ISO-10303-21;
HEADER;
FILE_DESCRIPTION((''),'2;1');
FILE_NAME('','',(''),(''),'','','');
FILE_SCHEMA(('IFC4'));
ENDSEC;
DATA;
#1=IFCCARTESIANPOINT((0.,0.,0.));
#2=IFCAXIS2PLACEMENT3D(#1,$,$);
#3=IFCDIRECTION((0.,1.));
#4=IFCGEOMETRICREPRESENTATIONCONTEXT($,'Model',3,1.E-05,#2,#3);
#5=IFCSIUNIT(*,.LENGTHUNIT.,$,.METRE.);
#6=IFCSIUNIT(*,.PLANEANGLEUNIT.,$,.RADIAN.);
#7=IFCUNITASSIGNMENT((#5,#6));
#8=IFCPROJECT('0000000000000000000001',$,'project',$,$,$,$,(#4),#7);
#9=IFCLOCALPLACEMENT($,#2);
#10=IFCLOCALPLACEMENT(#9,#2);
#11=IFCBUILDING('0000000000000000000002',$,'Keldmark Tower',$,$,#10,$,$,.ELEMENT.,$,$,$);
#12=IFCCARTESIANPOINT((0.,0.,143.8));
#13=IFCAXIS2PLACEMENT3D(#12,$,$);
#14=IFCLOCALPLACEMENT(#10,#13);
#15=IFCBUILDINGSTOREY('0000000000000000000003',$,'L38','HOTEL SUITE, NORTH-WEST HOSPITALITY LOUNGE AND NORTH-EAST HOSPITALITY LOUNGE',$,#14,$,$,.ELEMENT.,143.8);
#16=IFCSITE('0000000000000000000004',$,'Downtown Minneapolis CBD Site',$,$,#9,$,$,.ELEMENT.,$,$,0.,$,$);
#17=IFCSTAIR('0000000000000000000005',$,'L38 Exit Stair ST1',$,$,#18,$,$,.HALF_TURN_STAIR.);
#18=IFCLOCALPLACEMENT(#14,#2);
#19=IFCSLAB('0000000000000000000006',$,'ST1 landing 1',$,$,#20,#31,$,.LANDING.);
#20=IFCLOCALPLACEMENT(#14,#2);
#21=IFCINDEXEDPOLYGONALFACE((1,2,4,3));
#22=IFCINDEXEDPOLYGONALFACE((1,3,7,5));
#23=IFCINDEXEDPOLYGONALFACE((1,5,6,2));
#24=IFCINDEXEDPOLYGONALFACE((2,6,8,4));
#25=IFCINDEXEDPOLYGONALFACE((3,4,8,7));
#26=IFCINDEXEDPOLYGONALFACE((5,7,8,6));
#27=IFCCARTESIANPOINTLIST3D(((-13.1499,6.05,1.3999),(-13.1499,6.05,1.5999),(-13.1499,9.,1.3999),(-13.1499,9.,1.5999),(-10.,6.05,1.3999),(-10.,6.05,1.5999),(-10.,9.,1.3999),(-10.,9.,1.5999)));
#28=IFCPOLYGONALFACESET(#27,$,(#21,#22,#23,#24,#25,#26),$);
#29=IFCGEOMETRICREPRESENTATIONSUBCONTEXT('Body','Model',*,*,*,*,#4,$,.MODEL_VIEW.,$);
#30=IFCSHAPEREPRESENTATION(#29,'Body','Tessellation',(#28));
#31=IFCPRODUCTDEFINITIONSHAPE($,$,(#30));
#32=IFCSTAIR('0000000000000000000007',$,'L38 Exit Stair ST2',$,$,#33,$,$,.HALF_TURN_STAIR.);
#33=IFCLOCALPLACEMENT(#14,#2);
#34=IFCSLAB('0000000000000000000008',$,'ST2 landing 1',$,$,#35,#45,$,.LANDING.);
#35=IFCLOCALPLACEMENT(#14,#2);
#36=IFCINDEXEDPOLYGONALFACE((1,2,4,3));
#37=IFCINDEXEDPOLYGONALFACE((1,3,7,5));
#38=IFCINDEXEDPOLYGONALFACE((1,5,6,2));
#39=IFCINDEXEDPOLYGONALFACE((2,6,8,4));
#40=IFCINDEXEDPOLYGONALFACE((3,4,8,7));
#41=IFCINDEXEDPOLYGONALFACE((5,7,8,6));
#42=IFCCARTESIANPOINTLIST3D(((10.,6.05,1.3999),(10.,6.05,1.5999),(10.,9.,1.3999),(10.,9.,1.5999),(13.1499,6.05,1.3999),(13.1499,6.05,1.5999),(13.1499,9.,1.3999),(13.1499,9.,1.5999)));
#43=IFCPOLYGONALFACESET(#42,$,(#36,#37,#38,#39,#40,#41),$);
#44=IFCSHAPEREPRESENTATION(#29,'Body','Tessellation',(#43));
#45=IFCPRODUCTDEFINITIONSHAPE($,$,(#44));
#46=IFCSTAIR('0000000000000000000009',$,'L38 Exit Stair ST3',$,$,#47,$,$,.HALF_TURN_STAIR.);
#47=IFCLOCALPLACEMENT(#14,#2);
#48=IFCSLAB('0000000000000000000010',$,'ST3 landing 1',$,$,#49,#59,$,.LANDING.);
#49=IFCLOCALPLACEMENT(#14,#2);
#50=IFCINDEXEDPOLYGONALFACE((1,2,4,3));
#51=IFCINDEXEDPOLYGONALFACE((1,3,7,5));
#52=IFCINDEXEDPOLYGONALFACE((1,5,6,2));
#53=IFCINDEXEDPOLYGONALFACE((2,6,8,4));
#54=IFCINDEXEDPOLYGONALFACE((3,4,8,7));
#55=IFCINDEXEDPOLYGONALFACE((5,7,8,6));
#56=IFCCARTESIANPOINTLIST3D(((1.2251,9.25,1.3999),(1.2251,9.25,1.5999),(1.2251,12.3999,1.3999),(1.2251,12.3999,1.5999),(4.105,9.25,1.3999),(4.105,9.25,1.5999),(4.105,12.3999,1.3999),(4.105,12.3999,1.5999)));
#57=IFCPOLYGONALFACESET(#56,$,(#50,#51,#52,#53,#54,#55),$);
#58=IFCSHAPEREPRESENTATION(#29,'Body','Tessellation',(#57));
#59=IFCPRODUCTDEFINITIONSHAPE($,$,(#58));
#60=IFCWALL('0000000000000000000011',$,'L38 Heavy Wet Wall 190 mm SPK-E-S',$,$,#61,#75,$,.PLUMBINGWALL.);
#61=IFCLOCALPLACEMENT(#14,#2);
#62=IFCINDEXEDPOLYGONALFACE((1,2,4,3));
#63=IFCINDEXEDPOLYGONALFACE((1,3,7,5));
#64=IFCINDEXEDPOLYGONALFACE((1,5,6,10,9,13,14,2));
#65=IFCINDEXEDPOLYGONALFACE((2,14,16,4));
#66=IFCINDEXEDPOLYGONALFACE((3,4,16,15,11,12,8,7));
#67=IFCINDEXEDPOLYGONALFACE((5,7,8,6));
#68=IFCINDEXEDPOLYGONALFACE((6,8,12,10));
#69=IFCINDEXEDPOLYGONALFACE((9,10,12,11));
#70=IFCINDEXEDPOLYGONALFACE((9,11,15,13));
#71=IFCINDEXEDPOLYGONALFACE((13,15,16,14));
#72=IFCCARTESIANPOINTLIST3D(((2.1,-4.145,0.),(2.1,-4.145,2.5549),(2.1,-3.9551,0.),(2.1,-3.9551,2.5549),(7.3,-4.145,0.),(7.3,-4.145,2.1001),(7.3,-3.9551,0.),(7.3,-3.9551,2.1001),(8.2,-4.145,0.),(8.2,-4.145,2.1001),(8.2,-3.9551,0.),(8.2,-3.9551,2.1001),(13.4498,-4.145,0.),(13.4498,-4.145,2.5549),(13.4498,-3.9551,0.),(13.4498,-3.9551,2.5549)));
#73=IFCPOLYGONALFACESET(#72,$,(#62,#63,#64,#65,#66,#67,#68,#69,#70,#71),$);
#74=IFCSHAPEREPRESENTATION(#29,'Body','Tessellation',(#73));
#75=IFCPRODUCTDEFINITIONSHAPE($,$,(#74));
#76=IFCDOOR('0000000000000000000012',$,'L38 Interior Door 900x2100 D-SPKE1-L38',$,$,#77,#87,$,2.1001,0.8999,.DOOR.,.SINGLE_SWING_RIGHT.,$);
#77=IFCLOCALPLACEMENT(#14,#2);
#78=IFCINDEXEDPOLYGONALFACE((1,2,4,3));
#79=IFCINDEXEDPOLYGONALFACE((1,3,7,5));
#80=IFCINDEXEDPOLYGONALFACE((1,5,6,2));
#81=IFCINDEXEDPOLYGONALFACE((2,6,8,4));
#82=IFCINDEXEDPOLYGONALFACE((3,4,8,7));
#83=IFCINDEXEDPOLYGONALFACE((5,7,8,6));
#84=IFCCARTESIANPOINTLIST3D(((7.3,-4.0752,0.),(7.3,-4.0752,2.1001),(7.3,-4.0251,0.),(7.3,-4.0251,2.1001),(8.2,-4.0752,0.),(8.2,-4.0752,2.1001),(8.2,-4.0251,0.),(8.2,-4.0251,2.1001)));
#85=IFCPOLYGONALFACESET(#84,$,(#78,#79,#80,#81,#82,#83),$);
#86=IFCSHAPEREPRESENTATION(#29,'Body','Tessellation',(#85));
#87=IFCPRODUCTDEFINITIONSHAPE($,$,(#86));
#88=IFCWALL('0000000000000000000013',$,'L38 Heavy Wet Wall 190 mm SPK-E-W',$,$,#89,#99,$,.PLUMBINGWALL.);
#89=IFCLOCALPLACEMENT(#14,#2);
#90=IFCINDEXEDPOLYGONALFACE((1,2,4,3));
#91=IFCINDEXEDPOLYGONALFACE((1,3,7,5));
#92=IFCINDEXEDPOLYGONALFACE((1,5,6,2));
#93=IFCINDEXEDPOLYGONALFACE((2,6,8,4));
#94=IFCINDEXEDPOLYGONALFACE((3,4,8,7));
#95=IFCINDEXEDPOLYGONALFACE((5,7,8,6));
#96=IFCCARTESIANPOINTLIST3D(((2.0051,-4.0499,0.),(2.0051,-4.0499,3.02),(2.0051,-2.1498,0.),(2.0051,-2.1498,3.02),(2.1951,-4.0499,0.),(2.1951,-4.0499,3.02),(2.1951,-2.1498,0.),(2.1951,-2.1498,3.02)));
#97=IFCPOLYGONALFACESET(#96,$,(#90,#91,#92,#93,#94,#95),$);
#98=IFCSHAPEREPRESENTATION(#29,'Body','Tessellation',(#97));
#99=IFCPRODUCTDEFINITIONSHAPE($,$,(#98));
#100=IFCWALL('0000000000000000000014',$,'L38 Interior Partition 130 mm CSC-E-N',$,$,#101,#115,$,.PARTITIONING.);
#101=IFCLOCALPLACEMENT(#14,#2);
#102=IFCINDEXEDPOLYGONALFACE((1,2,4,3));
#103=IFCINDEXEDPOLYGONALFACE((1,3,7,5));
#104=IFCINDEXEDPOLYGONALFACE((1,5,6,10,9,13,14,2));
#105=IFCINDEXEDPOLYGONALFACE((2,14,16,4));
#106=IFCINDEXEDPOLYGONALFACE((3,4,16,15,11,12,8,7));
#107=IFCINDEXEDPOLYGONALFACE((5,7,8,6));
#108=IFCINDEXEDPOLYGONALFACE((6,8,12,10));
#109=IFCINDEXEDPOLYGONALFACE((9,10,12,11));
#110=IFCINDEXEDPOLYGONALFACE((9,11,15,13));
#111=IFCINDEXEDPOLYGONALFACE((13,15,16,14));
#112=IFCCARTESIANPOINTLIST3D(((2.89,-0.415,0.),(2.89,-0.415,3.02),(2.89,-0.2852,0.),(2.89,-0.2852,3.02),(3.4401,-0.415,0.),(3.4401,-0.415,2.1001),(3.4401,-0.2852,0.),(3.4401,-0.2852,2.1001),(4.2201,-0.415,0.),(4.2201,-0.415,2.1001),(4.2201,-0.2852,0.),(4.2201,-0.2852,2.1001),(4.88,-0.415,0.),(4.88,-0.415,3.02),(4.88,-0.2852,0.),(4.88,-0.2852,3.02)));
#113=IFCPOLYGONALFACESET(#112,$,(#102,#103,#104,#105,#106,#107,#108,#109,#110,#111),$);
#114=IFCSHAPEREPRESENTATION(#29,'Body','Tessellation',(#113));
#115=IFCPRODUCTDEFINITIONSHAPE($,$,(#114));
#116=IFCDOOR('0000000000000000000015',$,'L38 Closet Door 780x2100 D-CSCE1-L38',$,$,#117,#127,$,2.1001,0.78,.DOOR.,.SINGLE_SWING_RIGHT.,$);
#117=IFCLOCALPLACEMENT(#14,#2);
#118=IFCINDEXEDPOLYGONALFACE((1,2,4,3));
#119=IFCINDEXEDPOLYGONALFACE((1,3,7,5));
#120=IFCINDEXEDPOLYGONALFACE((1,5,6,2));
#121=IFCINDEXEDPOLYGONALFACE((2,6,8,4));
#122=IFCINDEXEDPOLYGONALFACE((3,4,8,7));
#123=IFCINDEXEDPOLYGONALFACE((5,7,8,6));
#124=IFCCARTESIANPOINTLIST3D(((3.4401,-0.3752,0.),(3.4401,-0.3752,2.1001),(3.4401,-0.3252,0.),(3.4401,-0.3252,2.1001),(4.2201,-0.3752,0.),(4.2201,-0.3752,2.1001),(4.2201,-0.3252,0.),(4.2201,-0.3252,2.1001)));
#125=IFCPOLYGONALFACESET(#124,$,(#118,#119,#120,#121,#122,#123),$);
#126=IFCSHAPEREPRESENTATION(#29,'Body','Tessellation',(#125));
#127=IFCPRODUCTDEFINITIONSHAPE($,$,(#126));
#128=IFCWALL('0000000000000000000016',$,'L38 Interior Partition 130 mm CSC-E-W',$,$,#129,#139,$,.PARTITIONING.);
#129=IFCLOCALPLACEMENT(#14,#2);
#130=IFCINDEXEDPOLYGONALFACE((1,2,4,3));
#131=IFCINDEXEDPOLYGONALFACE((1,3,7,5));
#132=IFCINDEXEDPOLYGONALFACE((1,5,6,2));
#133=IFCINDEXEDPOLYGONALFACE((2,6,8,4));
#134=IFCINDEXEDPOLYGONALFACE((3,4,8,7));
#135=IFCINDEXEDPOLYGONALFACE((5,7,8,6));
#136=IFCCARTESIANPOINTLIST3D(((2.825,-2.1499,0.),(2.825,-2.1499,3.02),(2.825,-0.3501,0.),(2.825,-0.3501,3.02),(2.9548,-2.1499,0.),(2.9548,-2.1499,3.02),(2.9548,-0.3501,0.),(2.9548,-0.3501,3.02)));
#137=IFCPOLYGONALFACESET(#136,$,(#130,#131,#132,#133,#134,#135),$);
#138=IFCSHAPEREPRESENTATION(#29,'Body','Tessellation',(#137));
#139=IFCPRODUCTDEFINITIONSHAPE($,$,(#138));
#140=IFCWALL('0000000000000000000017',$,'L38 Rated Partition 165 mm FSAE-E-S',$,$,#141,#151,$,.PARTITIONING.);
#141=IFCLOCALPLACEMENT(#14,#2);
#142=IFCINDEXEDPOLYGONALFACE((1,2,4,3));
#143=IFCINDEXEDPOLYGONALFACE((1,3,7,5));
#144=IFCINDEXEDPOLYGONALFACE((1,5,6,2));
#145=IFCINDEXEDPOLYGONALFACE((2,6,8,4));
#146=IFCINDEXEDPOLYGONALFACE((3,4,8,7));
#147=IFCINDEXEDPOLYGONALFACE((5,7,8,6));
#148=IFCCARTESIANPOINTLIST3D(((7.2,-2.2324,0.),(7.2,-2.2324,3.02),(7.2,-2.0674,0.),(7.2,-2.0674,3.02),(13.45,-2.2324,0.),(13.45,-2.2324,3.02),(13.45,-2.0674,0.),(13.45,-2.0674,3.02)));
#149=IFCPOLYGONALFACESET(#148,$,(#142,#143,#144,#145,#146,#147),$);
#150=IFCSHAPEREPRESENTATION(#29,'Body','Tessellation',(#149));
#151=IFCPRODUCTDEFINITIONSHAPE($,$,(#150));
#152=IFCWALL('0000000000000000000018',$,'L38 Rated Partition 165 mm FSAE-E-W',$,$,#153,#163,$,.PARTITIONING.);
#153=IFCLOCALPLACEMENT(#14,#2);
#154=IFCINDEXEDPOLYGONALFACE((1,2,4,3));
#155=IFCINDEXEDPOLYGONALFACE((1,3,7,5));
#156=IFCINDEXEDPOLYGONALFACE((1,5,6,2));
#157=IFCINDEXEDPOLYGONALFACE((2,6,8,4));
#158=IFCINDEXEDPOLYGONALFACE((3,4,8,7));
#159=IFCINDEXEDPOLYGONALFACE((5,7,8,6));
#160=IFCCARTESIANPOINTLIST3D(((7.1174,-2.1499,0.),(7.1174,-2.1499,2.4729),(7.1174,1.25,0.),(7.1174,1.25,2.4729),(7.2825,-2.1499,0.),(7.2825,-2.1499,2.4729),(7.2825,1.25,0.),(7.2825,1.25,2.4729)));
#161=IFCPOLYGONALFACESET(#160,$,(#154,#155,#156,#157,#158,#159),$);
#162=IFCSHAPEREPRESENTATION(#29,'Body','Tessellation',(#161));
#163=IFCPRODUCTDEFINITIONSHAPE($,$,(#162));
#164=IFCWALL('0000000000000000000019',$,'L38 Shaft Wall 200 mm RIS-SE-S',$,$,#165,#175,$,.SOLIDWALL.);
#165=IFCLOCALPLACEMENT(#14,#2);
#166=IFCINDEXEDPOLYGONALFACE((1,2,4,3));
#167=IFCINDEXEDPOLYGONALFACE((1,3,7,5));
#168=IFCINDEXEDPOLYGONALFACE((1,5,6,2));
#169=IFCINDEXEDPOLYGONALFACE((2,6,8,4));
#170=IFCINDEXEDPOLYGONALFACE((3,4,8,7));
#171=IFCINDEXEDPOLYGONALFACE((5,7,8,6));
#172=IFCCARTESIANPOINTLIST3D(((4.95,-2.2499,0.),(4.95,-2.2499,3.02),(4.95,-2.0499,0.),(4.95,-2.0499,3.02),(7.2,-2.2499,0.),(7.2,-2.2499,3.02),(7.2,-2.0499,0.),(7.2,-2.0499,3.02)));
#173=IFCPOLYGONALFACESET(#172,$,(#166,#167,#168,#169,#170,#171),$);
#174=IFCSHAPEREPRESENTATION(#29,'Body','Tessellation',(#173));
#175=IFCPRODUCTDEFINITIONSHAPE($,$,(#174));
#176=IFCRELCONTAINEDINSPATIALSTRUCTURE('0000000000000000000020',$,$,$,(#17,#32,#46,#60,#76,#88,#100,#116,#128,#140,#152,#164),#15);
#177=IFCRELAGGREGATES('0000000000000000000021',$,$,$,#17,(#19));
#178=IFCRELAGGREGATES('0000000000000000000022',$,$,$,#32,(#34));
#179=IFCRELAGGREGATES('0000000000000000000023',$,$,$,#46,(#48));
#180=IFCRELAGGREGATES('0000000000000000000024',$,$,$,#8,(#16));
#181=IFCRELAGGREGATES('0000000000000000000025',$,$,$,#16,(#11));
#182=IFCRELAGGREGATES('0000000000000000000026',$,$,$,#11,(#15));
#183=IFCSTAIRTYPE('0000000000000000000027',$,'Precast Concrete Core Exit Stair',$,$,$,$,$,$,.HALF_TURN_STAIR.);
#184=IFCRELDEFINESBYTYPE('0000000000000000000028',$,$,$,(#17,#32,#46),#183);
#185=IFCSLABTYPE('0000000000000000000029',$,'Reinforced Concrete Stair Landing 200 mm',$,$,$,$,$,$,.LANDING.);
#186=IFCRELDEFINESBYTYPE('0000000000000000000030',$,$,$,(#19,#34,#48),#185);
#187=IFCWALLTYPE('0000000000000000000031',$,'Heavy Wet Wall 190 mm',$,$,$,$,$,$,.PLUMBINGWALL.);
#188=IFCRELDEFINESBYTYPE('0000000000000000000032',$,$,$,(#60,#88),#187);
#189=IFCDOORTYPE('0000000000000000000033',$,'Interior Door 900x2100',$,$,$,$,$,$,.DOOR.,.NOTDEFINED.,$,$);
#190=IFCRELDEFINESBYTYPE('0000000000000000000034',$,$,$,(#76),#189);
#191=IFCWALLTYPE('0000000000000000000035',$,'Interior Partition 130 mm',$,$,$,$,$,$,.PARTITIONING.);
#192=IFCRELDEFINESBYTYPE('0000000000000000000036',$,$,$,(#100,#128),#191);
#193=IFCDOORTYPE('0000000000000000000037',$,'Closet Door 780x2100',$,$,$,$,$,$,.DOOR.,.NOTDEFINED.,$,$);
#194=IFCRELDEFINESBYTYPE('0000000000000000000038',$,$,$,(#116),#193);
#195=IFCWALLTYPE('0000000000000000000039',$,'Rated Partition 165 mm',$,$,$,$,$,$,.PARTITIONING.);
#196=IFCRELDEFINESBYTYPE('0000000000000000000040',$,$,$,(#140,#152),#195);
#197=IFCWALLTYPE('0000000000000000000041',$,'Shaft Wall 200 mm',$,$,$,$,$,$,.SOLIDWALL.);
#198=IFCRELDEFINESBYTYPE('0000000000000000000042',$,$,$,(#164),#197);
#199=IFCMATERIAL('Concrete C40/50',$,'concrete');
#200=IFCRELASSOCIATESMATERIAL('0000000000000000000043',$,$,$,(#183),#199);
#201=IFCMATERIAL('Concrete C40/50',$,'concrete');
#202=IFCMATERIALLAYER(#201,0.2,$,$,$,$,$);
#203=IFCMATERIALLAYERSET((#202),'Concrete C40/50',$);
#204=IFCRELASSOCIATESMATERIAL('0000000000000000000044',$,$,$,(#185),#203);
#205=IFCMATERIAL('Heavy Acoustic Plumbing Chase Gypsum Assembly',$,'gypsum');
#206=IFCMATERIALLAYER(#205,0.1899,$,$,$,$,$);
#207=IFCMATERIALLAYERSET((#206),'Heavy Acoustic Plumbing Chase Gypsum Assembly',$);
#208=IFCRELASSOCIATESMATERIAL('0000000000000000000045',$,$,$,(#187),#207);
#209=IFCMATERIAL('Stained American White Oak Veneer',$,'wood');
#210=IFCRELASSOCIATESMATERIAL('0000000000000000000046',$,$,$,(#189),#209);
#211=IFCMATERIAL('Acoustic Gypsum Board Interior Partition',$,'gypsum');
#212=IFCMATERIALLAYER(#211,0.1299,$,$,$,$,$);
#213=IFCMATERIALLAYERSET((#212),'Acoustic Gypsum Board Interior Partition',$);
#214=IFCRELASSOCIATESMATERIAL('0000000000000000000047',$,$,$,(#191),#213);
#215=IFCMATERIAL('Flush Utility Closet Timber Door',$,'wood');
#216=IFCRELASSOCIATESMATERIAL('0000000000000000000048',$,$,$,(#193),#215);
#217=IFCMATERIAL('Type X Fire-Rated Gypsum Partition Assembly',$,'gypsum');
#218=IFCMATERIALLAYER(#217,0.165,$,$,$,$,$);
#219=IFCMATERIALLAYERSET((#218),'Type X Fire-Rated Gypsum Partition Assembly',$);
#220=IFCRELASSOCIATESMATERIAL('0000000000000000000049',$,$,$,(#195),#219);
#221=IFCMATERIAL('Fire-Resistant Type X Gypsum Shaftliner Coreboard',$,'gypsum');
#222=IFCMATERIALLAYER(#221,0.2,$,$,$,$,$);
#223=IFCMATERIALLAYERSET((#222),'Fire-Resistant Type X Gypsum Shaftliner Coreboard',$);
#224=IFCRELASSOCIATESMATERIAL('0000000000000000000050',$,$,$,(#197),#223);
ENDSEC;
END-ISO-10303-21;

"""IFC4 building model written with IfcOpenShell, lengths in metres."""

from ifc_helpers import new_model, si_unit, direction, frame, frame_2d, origin, place, context, subcontext, project, spatial, polyline, rectangle, outline, extrude, material, layer, layer_set, type_object, element, fill, aggregate, save


model = new_model("IFC4")

# Units and contexts
model_context = context("Model", 3, precision=1e-05, world=origin(), true_north=direction((0.0, 1.0)))
body_context = subcontext(model_context, "Body", "Model", "MODEL_VIEW")
ifc_project = project(units=[si_unit("LENGTHUNIT", "METRE"), si_unit("PLANEANGLEUNIT", "RADIAN")], contexts=[model_context])

# Site, building, storey
site_placement = place(None, origin())
site = spatial("IfcSite", under=ifc_project, at=site_placement, Name="Downtown Minneapolis CBD Site", CompositionType="ELEMENT", RefElevation=0.0)
building_placement = place(site_placement, origin())
building = spatial("IfcBuilding", under=site, at=building_placement, Name="Keldmark Tower", CompositionType="ELEMENT")
storey_placement = place(building_placement, frame((0.0, 0.0, 143.8)))
storey = spatial("IfcBuildingStorey", under=building, at=storey_placement, Name="L38", Description="HOTEL SUITE, NORTH-WEST HOSPITALITY LOUNGE AND NORTH-EAST HOSPITALITY LOUNGE", CompositionType="ELEMENT", Elevation=143.8)

# Stairs, slabs
ifc_material_1 = material(Name="Concrete C40/50", Category="concrete")
stair_type = type_object("IfcStairType", Name="Precast Concrete Core Exit Stair", PredefinedType="HALF_TURN_STAIR", material=ifc_material_1)
stair_1_placement = place(storey_placement, origin())
stair_1 = element("IfcStair", 1, at=stair_1_placement, inside=storey, type_object=stair_type, Name="L38 Exit Stair ST1", PredefinedType="HALF_TURN_STAIR")
ifc_material_2 = material(Name="Concrete C40/50", Category="concrete")
ifc_layer_1 = layer(ifc_material_2, 0.2)
ifc_layer_set_1 = layer_set([ifc_layer_1], Name="Concrete C40/50")
slab_type_1 = type_object("IfcSlabType", Name="Reinforced Concrete Stair Landing 200 mm", PredefinedType="LANDING", material=ifc_layer_set_1)
slab_1_placement = place(storey_placement, frame((0.0, 0.0, 1.3999)))
slab_1 = element("IfcSlab", 2, at=slab_1_placement, type_object=slab_type_1, Name="ST1 landing 1", PredefinedType="LANDING", context=body_context, shape_type="SweptSolid", body=[
    extrude(outline(polyline([(-10.0, 6.05), (-10.0, 9.0), (-13.1499, 9.0), (-13.1499, 6.05), (-10.0, 6.05)])), origin(), (0.0, 0.0, 1.0), 0.2),
])
aggregate(stair_1, [slab_1])
stair_2_placement = place(storey_placement, origin())
stair_2 = element("IfcStair", 3, at=stair_2_placement, inside=storey, type_object=stair_type, Name="L38 Exit Stair ST2", PredefinedType="HALF_TURN_STAIR")
slab_2_placement = place(storey_placement, frame((0.0, 0.0, 1.3999)))
slab_2 = element("IfcSlab", 4, at=slab_2_placement, type_object=slab_type_1, Name="ST2 landing 1", PredefinedType="LANDING", context=body_context, shape_type="SweptSolid", body=[
    extrude(outline(polyline([(13.1499, 6.05), (13.1499, 9.0), (10.0, 9.0), (10.0, 6.05), (13.1499, 6.05)])), origin(), (0.0, 0.0, 1.0), 0.2),
])
aggregate(stair_2, [slab_2])
stair_3_placement = place(storey_placement, origin())
stair_3 = element("IfcStair", 5, at=stair_3_placement, inside=storey, type_object=stair_type, Name="L38 Exit Stair ST3", PredefinedType="HALF_TURN_STAIR")
slab_3_placement = place(storey_placement, frame((0.0, 0.0, 1.3999)))
slab_3 = element("IfcSlab", 6, at=slab_3_placement, type_object=slab_type_1, Name="ST3 landing 1", PredefinedType="LANDING", context=body_context, shape_type="SweptSolid", body=[
    extrude(outline(polyline([(1.2251, 9.25), (4.105, 9.25), (4.105, 12.3999), (1.2251, 12.3999), (1.2251, 9.25)])), origin(), (0.0, 0.0, 1.0), 0.2),
])
aggregate(stair_3, [slab_3])

# Wall, opening, door
ifc_material_3 = material(Name="Heavy Acoustic Plumbing Chase Gypsum Assembly", Category="gypsum")
ifc_layer_2 = layer(ifc_material_3, 0.1899)
ifc_layer_set_2 = layer_set([ifc_layer_2], Name="Heavy Acoustic Plumbing Chase Gypsum Assembly")
wall_type_1 = type_object("IfcWallType", Name="Heavy Wet Wall 190 mm", PredefinedType="PLUMBINGWALL", material=ifc_layer_set_2)
wall_1_placement = place(storey_placement, frame((2.1001, -4.05, 0.0), z_axis=(0.0, 0.0, 1.0), x_axis=(1.0, 0.0, 0.0)))
wall_1 = element("IfcWall", 7, at=wall_1_placement, inside=storey, type_object=wall_type_1, Name="L38 Heavy Wet Wall 190 mm SPK-E-S", PredefinedType="PLUMBINGWALL", context=body_context, shape_type="SweptSolid", body=[
    extrude(rectangle(XDim=11.3499, YDim=0.1899, at=frame_2d((5.6748, 0.0))), origin(), (0.0, 0.0, 1.0), 2.5549),
])
opening_1_placement = place(wall_1_placement, frame((5.2, 0.0, 0.0)))
opening_1 = element("IfcOpeningElement", 8, at=opening_1_placement, cuts=wall_1, PredefinedType="OPENING", context=body_context, shape_type="SweptSolid", body=[
    extrude(rectangle(XDim=0.8999, YDim=2.1001, at=frame_2d((0.45, 1.05))), frame((0.0, 0.105, 0.0), z_axis=(0.0, -1.0, 0.0), x_axis=(1.0, 0.0, 0.0)), (0.0, 0.0, 1.0), 0.21),
])
ifc_material_4 = material(Name="Stained American White Oak Veneer", Category="wood")
door_type_1 = type_object("IfcDoorType", Name="Interior Door 900x2100", OperationType="NOTDEFINED", PredefinedType="DOOR", material=ifc_material_4)
door_1_placement = place(opening_1_placement, origin())
door_1 = element("IfcDoor", 9, at=door_1_placement, inside=storey, type_object=door_type_1, Name="L38 Interior Door 900x2100 D-SPKE1-L38", OperationType="SINGLE_SWING_RIGHT", OverallHeight=2.1001, OverallWidth=0.8999, PredefinedType="DOOR", context=body_context, shape_type="SweptSolid", body=[
    extrude(rectangle(XDim=0.8999, YDim=2.1001, at=frame_2d((0.45, 1.05))), frame((0.0, 0.0249, 0.0), z_axis=(0.0, -1.0, 0.0), x_axis=(1.0, 0.0, 0.0)), (0.0, 0.0, 1.0), 0.05),
])
fill(opening_1, door_1)

# Wall
wall_2_placement = place(storey_placement, frame((2.1001, -4.05, 0.0), z_axis=(0.0, 0.0, 1.0), x_axis=(0.0, 1.0, 0.0)))
element("IfcWall", 10, at=wall_2_placement, inside=storey, type_object=wall_type_1, Name="L38 Heavy Wet Wall 190 mm SPK-E-W", PredefinedType="PLUMBINGWALL", context=body_context, shape_type="SweptSolid", body=[
    extrude(rectangle(XDim=1.9001, YDim=0.1899, at=frame_2d((0.9502, 0.0))), origin(), (0.0, 0.0, 1.0), 3.02),
])

# Wall, opening, door
ifc_material_5 = material(Name="Acoustic Gypsum Board Interior Partition", Category="gypsum")
ifc_layer_3 = layer(ifc_material_5, 0.1299)
ifc_layer_set_3 = layer_set([ifc_layer_3], Name="Acoustic Gypsum Board Interior Partition")
wall_type_2 = type_object("IfcWallType", Name="Interior Partition 130 mm", PredefinedType="PARTITIONING", material=ifc_layer_set_3)
wall_3_placement = place(storey_placement, frame((2.8899, -0.3501, 0.0), z_axis=(0.0, 0.0, 1.0), x_axis=(1.0, 0.0, 0.0)))
wall_3 = element("IfcWall", 11, at=wall_3_placement, inside=storey, type_object=wall_type_2, Name="L38 Interior Partition 130 mm CSC-E-N", PredefinedType="PARTITIONING", context=body_context, shape_type="SweptSolid", body=[
    extrude(rectangle(XDim=1.99, YDim=0.1299, at=frame_2d((0.9951, 0.0))), origin(), (0.0, 0.0, 1.0), 3.02),
])
opening_2_placement = place(wall_3_placement, frame((0.55, 0.0, 0.0)))
opening_2 = element("IfcOpeningElement", 12, at=opening_2_placement, cuts=wall_3, PredefinedType="OPENING", context=body_context, shape_type="SweptSolid", body=[
    extrude(rectangle(XDim=0.78, YDim=2.1001, at=frame_2d((0.3901, 1.05))), frame((0.0, 0.075, 0.0), z_axis=(0.0, -1.0, 0.0), x_axis=(1.0, 0.0, 0.0)), (0.0, 0.0, 1.0), 0.1499),
])
ifc_material_6 = material(Name="Flush Utility Closet Timber Door", Category="wood")
door_type_2 = type_object("IfcDoorType", Name="Closet Door 780x2100", OperationType="NOTDEFINED", PredefinedType="DOOR", material=ifc_material_6)
door_2_placement = place(opening_2_placement, origin())
door_2 = element("IfcDoor", 13, at=door_2_placement, inside=storey, type_object=door_type_2, Name="L38 Closet Door 780x2100 D-CSCE1-L38", OperationType="SINGLE_SWING_RIGHT", OverallHeight=2.1001, OverallWidth=0.78, PredefinedType="DOOR", context=body_context, shape_type="SweptSolid", body=[
    extrude(rectangle(XDim=0.78, YDim=2.1001, at=frame_2d((0.3901, 1.05))), frame((0.0, 0.0249, 0.0), z_axis=(0.0, -1.0, 0.0), x_axis=(1.0, 0.0, 0.0)), (0.0, 0.0, 1.0), 0.05),
])
fill(opening_2, door_2)

# Walls
wall_4_placement = place(storey_placement, frame((2.8899, -2.1499, 0.0), z_axis=(0.0, 0.0, 1.0), x_axis=(0.0, 1.0, 0.0)))
element("IfcWall", 14, at=wall_4_placement, inside=storey, type_object=wall_type_2, Name="L38 Interior Partition 130 mm CSC-E-W", PredefinedType="PARTITIONING", context=body_context, shape_type="SweptSolid", body=[
    extrude(rectangle(XDim=1.7998, YDim=0.1299, at=frame_2d((0.8999, 0.0))), origin(), (0.0, 0.0, 1.0), 3.02),
])
ifc_material_7 = material(Name="Type X Fire-Rated Gypsum Partition Assembly", Category="gypsum")
ifc_layer_4 = layer(ifc_material_7, 0.165)
ifc_layer_set_4 = layer_set([ifc_layer_4], Name="Type X Fire-Rated Gypsum Partition Assembly")
wall_type_3 = type_object("IfcWallType", Name="Rated Partition 165 mm", PredefinedType="PARTITIONING", material=ifc_layer_set_4)
wall_5_placement = place(storey_placement, frame((7.2, -2.1499, 0.0), z_axis=(0.0, 0.0, 1.0), x_axis=(1.0, 0.0, 0.0)))
element("IfcWall", 15, at=wall_5_placement, inside=storey, type_object=wall_type_3, Name="L38 Rated Partition 165 mm FSAE-E-S", PredefinedType="PARTITIONING", context=body_context, shape_type="SweptSolid", body=[
    extrude(rectangle(XDim=6.25, YDim=0.165, at=frame_2d((3.125, 0.0))), origin(), (0.0, 0.0, 1.0), 3.02),
])
wall_6_placement = place(storey_placement, frame((7.2, -2.1499, 0.0), z_axis=(0.0, 0.0, 1.0), x_axis=(0.0, 1.0, 0.0)))
element("IfcWall", 16, at=wall_6_placement, inside=storey, type_object=wall_type_3, Name="L38 Rated Partition 165 mm FSAE-E-W", PredefinedType="PARTITIONING", context=body_context, shape_type="SweptSolid", body=[
    extrude(rectangle(XDim=3.3999, YDim=0.165, at=frame_2d((1.7, 0.0))), origin(), (0.0, 0.0, 1.0), 2.4729),
])
ifc_material_8 = material(Name="Fire-Resistant Type X Gypsum Shaftliner Coreboard", Category="gypsum")
ifc_layer_5 = layer(ifc_material_8, 0.2)
ifc_layer_set_5 = layer_set([ifc_layer_5], Name="Fire-Resistant Type X Gypsum Shaftliner Coreboard")
wall_type_4 = type_object("IfcWallType", Name="Shaft Wall 200 mm", PredefinedType="SOLIDWALL", material=ifc_layer_set_5)
wall_7_placement = place(storey_placement, frame((4.95, -2.1499, 0.0), z_axis=(0.0, 0.0, 1.0), x_axis=(1.0, 0.0, 0.0)))
element("IfcWall", 17, at=wall_7_placement, inside=storey, type_object=wall_type_4, Name="L38 Shaft Wall 200 mm RIS-SE-S", PredefinedType="SOLIDWALL", context=body_context, shape_type="SweptSolid", body=[
    extrude(rectangle(XDim=2.25, YDim=0.2, at=frame_2d((1.125, 0.0))), origin(), (0.0, 0.0, 1.0), 3.02),
])

save(model, "model.ifc")
